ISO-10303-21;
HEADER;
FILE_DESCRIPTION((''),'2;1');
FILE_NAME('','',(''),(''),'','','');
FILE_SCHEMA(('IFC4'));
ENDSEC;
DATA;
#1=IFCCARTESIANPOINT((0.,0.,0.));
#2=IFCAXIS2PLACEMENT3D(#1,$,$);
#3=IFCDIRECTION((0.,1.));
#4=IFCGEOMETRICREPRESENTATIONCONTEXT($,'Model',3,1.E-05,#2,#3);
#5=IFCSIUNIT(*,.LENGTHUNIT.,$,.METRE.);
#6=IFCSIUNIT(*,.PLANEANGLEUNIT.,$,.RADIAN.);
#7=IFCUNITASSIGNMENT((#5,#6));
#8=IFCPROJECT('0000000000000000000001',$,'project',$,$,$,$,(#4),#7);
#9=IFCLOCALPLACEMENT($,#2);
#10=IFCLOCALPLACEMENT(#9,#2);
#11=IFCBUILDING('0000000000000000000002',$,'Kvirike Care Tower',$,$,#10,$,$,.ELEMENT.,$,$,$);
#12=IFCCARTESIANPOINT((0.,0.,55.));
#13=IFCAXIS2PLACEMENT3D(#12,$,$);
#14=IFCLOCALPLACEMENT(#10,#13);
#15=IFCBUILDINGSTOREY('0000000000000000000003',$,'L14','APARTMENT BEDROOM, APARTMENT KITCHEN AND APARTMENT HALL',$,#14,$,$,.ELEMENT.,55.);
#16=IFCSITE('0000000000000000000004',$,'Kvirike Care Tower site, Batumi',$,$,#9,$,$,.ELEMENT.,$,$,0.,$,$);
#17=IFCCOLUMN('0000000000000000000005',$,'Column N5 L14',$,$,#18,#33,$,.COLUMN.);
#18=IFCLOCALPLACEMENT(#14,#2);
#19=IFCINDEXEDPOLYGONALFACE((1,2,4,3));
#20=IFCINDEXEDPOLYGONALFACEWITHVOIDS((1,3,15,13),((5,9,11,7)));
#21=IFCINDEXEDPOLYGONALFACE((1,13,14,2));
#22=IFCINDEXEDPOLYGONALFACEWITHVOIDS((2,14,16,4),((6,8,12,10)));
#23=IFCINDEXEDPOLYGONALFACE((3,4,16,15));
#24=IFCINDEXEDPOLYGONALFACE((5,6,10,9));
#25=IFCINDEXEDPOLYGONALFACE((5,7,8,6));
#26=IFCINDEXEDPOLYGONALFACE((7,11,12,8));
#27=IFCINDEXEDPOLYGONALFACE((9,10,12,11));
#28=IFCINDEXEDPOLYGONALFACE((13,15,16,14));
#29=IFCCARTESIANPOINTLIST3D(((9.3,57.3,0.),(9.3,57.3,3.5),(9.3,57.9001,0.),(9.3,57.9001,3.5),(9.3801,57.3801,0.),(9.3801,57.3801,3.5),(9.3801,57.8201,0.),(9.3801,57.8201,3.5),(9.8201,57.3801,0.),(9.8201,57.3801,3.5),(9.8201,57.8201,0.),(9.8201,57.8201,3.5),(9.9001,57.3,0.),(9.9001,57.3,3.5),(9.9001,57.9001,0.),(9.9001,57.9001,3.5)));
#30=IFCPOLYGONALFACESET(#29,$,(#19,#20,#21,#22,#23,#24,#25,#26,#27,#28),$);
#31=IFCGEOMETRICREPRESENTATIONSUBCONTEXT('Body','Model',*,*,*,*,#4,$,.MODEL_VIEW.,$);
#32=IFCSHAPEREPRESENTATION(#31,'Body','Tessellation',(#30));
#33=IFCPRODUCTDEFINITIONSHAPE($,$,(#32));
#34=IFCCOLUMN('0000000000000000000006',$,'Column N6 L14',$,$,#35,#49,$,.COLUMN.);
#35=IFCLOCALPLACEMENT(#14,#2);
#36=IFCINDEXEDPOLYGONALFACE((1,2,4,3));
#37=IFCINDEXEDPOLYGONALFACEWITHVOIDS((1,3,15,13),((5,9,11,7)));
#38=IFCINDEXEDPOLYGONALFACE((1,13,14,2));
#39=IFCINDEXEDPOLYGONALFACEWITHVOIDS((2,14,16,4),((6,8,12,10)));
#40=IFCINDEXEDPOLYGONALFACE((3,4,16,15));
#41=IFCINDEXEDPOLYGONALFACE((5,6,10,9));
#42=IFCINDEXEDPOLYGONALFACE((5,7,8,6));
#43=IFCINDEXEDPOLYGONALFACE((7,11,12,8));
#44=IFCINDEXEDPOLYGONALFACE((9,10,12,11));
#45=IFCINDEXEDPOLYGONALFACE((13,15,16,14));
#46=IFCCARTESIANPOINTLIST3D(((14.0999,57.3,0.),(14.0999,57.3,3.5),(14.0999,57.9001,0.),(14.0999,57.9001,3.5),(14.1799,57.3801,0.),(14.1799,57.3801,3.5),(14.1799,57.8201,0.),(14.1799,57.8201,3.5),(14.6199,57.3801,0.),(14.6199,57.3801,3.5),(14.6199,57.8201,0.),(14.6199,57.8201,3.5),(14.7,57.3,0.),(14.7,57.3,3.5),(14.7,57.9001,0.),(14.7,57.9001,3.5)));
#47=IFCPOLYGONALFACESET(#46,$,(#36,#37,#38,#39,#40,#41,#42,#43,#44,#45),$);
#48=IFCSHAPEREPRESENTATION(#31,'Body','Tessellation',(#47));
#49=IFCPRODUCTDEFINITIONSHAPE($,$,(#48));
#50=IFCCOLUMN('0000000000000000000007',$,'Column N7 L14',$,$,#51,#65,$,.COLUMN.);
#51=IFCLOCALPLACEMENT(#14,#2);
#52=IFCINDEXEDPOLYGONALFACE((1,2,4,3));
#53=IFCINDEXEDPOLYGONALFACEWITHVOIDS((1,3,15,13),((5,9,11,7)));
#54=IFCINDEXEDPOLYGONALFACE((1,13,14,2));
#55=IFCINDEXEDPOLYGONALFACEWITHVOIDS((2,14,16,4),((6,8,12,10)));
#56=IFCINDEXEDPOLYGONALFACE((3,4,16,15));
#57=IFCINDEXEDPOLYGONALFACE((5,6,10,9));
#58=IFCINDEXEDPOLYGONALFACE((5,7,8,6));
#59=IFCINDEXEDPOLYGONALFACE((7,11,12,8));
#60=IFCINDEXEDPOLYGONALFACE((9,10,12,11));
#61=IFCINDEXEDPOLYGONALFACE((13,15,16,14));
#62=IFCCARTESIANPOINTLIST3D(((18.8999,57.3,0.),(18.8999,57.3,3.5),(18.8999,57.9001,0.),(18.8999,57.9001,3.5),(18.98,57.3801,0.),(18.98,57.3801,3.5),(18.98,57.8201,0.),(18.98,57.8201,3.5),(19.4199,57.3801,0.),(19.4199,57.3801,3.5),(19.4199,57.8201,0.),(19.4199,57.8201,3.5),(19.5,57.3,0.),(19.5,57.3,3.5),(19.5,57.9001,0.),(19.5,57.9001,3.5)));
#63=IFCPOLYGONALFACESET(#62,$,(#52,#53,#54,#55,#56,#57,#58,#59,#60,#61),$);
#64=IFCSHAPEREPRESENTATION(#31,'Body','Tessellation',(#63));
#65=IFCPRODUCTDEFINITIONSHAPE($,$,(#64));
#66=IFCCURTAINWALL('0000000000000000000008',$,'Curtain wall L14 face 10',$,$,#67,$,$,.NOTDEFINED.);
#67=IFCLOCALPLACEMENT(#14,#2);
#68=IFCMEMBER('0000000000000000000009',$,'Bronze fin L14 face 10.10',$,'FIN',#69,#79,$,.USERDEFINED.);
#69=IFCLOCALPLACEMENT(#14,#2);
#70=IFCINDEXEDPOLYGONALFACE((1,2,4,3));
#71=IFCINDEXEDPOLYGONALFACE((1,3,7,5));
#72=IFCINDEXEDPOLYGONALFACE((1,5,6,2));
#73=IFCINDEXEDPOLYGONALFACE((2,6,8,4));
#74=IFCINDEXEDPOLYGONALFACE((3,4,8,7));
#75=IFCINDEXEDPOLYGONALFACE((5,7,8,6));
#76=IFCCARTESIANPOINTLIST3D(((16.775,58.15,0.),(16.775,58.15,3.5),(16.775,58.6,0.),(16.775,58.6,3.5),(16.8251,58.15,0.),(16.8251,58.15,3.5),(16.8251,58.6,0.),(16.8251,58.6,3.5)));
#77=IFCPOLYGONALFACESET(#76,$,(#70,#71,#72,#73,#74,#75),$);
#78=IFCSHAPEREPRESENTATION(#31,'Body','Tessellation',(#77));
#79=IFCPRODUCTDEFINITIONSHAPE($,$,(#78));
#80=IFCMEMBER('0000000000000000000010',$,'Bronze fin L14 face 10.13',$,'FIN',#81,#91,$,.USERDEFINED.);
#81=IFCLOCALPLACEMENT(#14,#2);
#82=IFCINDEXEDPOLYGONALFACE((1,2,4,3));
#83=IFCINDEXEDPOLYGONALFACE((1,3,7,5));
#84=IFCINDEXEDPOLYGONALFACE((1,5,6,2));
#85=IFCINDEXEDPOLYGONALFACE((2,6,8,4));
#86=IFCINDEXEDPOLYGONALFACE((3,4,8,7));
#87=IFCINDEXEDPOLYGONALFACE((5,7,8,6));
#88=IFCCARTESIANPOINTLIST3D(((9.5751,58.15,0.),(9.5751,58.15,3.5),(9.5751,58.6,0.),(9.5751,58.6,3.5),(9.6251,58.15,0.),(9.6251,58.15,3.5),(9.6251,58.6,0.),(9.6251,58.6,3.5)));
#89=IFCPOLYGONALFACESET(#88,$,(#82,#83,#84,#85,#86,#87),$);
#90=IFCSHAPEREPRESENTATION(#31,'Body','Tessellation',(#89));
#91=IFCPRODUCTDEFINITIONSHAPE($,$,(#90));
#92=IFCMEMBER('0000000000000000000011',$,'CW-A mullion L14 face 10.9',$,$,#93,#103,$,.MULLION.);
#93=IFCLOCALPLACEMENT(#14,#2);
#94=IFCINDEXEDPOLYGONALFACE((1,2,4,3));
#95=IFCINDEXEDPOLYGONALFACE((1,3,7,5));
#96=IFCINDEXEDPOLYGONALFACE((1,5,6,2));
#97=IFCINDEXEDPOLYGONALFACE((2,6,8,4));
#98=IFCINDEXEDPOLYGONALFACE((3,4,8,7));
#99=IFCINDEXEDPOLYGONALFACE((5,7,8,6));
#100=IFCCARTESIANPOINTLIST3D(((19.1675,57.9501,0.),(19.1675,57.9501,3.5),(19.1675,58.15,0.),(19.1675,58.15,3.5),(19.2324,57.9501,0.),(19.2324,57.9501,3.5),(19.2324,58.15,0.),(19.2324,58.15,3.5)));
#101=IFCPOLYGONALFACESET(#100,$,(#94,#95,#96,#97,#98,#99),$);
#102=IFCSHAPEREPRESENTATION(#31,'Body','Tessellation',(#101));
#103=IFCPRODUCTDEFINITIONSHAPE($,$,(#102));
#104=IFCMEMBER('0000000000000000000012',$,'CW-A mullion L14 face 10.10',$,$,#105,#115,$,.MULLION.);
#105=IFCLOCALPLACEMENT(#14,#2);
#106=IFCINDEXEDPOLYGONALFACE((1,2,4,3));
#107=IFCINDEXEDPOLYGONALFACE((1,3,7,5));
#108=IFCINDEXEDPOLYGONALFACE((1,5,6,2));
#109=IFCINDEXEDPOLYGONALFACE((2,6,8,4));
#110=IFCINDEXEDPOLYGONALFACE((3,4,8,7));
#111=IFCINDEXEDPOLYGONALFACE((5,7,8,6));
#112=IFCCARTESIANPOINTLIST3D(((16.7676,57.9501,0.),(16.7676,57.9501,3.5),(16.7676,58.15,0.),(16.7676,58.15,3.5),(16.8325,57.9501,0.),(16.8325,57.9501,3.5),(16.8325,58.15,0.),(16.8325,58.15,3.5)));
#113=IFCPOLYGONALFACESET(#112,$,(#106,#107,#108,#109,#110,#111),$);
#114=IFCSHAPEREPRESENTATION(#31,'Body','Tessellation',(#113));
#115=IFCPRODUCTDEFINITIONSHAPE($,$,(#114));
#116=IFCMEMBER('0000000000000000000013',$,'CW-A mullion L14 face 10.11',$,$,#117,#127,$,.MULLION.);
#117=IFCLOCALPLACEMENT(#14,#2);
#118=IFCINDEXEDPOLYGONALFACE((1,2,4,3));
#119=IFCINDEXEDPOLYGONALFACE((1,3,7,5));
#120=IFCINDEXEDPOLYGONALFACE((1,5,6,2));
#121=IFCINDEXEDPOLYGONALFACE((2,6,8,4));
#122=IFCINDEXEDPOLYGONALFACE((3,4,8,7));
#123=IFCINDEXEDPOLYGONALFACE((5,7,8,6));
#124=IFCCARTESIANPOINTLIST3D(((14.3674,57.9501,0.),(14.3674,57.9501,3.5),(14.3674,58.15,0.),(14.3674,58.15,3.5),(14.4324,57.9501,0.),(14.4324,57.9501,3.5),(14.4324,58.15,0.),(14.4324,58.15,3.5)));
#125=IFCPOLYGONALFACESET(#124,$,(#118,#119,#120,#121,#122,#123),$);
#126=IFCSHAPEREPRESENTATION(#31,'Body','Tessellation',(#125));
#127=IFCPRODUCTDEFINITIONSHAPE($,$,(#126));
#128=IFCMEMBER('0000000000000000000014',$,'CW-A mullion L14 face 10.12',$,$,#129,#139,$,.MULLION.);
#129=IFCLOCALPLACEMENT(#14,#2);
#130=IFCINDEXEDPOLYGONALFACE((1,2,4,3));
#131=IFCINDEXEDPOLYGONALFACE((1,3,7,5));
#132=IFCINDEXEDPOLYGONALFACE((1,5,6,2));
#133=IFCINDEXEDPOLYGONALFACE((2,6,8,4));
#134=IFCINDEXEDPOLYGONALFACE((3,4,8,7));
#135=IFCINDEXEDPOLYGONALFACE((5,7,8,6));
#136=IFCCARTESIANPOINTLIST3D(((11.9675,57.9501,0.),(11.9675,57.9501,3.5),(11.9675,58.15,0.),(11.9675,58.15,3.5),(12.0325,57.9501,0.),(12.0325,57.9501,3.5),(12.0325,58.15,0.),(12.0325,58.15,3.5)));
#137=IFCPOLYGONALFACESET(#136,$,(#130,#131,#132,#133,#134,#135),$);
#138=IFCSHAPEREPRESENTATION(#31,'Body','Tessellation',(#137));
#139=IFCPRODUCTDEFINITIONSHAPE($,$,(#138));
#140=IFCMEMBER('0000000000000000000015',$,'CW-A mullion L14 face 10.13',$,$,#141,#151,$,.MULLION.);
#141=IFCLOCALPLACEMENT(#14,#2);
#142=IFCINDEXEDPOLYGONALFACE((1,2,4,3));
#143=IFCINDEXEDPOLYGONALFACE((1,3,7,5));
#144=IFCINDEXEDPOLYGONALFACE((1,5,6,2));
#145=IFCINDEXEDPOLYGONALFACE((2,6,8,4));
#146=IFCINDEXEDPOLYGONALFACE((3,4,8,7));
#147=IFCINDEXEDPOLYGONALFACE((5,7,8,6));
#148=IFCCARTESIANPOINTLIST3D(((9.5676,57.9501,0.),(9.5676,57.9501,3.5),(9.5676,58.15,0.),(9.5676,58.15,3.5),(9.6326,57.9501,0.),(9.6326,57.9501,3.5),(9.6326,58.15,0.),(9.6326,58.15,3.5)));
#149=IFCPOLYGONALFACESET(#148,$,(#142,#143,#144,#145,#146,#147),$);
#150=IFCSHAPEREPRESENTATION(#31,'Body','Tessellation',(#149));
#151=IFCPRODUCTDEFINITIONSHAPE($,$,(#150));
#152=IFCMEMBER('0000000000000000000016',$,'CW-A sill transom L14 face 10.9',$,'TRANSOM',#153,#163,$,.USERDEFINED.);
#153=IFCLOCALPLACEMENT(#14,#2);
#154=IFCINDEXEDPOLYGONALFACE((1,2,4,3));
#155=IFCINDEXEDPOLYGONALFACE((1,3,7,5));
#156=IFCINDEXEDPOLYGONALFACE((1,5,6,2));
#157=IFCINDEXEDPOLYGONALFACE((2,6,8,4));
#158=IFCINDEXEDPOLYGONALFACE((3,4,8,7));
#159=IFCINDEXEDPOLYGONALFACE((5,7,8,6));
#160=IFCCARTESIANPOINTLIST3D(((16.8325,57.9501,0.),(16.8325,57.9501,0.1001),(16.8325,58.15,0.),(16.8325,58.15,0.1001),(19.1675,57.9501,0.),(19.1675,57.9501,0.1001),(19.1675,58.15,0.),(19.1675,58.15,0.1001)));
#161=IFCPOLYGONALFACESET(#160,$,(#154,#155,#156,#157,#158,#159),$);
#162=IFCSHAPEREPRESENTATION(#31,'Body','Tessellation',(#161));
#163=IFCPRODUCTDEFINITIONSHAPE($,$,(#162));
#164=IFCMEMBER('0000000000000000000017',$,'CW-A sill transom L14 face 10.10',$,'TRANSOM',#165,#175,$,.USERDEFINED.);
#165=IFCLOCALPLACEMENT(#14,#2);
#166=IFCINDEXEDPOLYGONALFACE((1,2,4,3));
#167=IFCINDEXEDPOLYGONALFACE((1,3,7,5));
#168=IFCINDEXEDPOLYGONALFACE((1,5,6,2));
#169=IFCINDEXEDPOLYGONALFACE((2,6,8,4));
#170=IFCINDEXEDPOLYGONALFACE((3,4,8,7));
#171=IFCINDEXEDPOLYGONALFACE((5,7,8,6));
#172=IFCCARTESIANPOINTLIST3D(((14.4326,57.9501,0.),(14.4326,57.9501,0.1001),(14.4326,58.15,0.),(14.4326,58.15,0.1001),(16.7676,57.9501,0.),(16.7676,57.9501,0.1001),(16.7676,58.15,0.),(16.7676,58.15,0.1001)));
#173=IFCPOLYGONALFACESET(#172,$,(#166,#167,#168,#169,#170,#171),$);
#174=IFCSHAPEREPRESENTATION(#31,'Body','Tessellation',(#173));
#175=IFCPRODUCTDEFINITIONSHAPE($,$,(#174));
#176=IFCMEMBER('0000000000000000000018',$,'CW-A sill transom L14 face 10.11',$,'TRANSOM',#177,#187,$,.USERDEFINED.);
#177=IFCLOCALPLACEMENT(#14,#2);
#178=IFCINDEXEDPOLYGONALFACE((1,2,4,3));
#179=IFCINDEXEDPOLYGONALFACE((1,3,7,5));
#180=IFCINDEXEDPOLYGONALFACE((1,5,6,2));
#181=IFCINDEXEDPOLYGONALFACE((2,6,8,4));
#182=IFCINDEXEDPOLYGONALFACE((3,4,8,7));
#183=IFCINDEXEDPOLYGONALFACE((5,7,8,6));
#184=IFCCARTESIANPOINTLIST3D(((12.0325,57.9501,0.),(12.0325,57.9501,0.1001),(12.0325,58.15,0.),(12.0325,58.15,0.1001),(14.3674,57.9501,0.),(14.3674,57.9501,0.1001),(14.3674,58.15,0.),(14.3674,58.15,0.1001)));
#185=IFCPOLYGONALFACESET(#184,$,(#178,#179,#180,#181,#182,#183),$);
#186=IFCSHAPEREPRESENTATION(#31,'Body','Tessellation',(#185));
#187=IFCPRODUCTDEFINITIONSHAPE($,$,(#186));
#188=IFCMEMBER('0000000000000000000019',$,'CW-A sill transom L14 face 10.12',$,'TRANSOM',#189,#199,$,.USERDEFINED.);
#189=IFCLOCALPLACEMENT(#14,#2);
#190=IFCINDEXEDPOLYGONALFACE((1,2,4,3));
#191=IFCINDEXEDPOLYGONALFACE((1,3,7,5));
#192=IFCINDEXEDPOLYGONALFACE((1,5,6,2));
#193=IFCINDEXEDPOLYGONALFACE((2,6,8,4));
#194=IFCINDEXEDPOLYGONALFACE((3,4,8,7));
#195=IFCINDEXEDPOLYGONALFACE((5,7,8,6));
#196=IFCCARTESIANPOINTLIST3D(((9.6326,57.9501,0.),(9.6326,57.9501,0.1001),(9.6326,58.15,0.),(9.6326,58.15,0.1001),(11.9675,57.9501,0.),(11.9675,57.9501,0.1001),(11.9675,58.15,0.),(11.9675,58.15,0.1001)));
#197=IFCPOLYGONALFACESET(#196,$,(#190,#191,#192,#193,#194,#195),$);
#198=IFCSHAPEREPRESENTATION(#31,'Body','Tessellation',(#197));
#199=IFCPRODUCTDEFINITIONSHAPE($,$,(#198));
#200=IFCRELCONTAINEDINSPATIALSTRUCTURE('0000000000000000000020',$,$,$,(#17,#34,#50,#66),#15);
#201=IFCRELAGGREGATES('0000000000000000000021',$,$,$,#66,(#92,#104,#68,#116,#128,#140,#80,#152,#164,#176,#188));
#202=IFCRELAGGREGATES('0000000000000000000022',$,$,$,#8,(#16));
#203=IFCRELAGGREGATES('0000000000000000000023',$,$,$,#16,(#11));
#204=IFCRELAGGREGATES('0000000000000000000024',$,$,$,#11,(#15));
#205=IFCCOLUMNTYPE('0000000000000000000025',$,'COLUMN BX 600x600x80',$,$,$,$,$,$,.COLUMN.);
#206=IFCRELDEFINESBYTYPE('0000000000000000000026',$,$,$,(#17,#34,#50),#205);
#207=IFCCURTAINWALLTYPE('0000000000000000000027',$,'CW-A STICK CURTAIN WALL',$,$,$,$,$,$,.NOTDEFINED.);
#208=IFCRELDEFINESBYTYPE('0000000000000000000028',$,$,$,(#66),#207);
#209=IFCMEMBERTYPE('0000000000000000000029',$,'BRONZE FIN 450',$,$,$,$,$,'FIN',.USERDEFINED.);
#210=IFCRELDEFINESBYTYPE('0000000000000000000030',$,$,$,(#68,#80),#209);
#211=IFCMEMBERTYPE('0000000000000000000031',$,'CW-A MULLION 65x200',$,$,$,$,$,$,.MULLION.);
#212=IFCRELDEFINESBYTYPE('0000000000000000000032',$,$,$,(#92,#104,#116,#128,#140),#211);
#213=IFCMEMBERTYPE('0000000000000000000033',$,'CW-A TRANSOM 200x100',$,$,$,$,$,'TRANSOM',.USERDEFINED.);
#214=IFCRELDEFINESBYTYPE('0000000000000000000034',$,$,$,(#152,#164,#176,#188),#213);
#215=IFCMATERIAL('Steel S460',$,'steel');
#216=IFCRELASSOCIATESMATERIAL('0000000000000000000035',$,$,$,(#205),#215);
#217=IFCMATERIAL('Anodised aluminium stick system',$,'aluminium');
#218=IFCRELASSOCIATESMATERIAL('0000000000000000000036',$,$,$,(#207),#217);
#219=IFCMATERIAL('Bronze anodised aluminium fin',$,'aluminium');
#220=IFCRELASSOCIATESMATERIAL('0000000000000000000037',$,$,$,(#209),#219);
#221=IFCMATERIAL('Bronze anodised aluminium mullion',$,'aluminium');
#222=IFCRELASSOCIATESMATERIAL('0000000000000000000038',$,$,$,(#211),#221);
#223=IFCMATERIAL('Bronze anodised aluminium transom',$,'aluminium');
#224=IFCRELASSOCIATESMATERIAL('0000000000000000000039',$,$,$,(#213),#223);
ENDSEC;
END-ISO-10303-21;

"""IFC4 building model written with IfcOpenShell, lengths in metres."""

from ifc_helpers import new_model, si_unit, direction, frame, origin, origin_2d, place, context, subcontext, project, spatial, rectangle, hollow_rectangle, extrude, material, material_profile, profile_set, type_object, element, aggregate, save


model = new_model("IFC4")

# Units and contexts
model_context = context("Model", 3, precision=1e-05, world=origin(), true_north=direction((0.0, 1.0)))
body_context = subcontext(model_context, "Body", "Model", "MODEL_VIEW")
ifc_project = project(units=[si_unit("LENGTHUNIT", "METRE"), si_unit("PLANEANGLEUNIT", "RADIAN")], contexts=[model_context])

# Site, building, storey
site_placement = place(None, origin())
site = spatial("IfcSite", under=ifc_project, at=site_placement, Name="Kvirike Care Tower site, Batumi", CompositionType="ELEMENT", RefElevation=0.0)
building_placement = place(site_placement, origin())
building = spatial("IfcBuilding", under=site, at=building_placement, Name="Kvirike Care Tower", CompositionType="ELEMENT")
storey_placement = place(building_placement, frame((0.0, 0.0, 55.0)))
storey = spatial("IfcBuildingStorey", under=building, at=storey_placement, Name="L14", Description="APARTMENT BEDROOM, APARTMENT KITCHEN AND APARTMENT HALL", CompositionType="ELEMENT", Elevation=55.0)

# Columns
ifc_material_1 = material(Name="Steel S460", Category="steel")
ifc_material_profile_1 = material_profile(ifc_material_1, hollow_rectangle(XDim=0.6001, YDim=0.6001, WallThickness=0.0801, at=origin_2d()), Name="BX 600x600x80")
ifc_profile_set_1 = profile_set([ifc_material_profile_1], Name="Steel S460")
column_type = type_object("IfcColumnType", Name="COLUMN BX 600x600x80", PredefinedType="COLUMN", material=ifc_profile_set_1)
for number, where, z_axis, x_axis, name in (
    (1, (9.6001, 57.6001, 0.0), (0.0, 0.0, 1.0), (0.0, 1.0, 0.0), "Column N5 L14"),
    (2, (14.3999, 57.6001, 0.0), (0.0, 0.0, 1.0), (0.0, 1.0, 0.0), "Column N6 L14"),
    (3, (19.2, 57.6001, 0.0), (0.0, 0.0, 1.0), (0.0, 1.0, 0.0), "Column N7 L14"),
):
    element("IfcColumn", number, at=place(storey_placement, frame(where, z_axis=z_axis, x_axis=x_axis)), inside=storey, type_object=column_type, Name=name, PredefinedType="COLUMN", context=body_context, shape_type="SweptSolid", body=[
        extrude(hollow_rectangle(XDim=0.6001, YDim=0.6001, WallThickness=0.0801, at=origin_2d()), origin(), (0.0, 0.0, 1.0), 3.5),
    ])

# Curtain wall, members
ifc_material_2 = material(Name="Anodised aluminium stick system", Category="aluminium")
curtain_wall_type = type_object("IfcCurtainWallType", Name="CW-A STICK CURTAIN WALL", PredefinedType="NOTDEFINED", material=ifc_material_2)
curtain_wall_placement = place(storey_placement, origin())
curtain_wall = element("IfcCurtainWall", 4, at=curtain_wall_placement, inside=storey, type_object=curtain_wall_type, Name="Curtain wall L14 face 10", PredefinedType="NOTDEFINED")
ifc_material_3 = material(Name="Bronze anodised aluminium fin", Category="aluminium")
ifc_material_profile_2 = material_profile(ifc_material_3, rectangle(XDim=0.05, YDim=0.45, at=origin_2d()), Name="BRONZE FIN 450")
ifc_profile_set_2 = profile_set([ifc_material_profile_2], Name="Bronze anodised aluminium fin")
member_type_1 = type_object("IfcMemberType", Name="BRONZE FIN 450", ElementType="FIN", PredefinedType="USERDEFINED", material=ifc_profile_set_2)
member_1_placement = place(storey_placement, frame((16.8, 58.375, 0.0), z_axis=(0.0, 0.0, 1.0), x_axis=(-1.0, 0.0, 0.0)))
member_1 = element("IfcMember", 5, at=member_1_placement, type_object=member_type_1, Name="Bronze fin L14 face 10.10", ObjectType="FIN", PredefinedType="USERDEFINED", context=body_context, shape_type="SweptSolid", body=[
    extrude(rectangle(XDim=0.05, YDim=0.45, at=origin_2d()), origin(), (0.0, 0.0, 1.0), 3.5),
])
member_2_placement = place(storey_placement, frame((9.6001, 58.375, 0.0), z_axis=(0.0, 0.0, 1.0), x_axis=(-1.0, 0.0, 0.0)))
member_2 = element("IfcMember", 6, at=member_2_placement, type_object=member_type_1, Name="Bronze fin L14 face 10.13", ObjectType="FIN", PredefinedType="USERDEFINED", context=body_context, shape_type="SweptSolid", body=[
    extrude(rectangle(XDim=0.05, YDim=0.45, at=origin_2d()), origin(), (0.0, 0.0, 1.0), 3.5),
])
ifc_material_4 = material(Name="Bronze anodised aluminium mullion", Category="aluminium")
ifc_material_profile_3 = material_profile(ifc_material_4, rectangle(XDim=0.0649, YDim=0.2, at=origin_2d()), Name="CW-A MULLION 65x200")
ifc_profile_set_3 = profile_set([ifc_material_profile_3], Name="Bronze anodised aluminium mullion")
member_type_2 = type_object("IfcMemberType", Name="CW-A MULLION 65x200", PredefinedType="MULLION", material=ifc_profile_set_3)
member_3_placement = place(storey_placement, frame((19.2, 58.05, 0.0), z_axis=(0.0, 0.0, 1.0), x_axis=(-1.0, 0.0, 0.0)))
member_3 = element("IfcMember", 7, at=member_3_placement, type_object=member_type_2, Name="CW-A mullion L14 face 10.9", PredefinedType="MULLION", context=body_context, shape_type="SweptSolid", body=[
    extrude(rectangle(XDim=0.0649, YDim=0.2, at=origin_2d()), origin(), (0.0, 0.0, 1.0), 3.5),
])
member_4_placement = place(storey_placement, frame((16.8, 58.05, 0.0), z_axis=(0.0, 0.0, 1.0), x_axis=(-1.0, 0.0, 0.0)))
member_4 = element("IfcMember", 8, at=member_4_placement, type_object=member_type_2, Name="CW-A mullion L14 face 10.10", PredefinedType="MULLION", context=body_context, shape_type="SweptSolid", body=[
    extrude(rectangle(XDim=0.0649, YDim=0.2, at=origin_2d()), origin(), (0.0, 0.0, 1.0), 3.5),
])
member_5_placement = place(storey_placement, frame((14.3999, 58.05, 0.0), z_axis=(0.0, 0.0, 1.0), x_axis=(-1.0, 0.0, 0.0)))
member_5 = element("IfcMember", 9, at=member_5_placement, type_object=member_type_2, Name="CW-A mullion L14 face 10.11", PredefinedType="MULLION", context=body_context, shape_type="SweptSolid", body=[
    extrude(rectangle(XDim=0.0649, YDim=0.2, at=origin_2d()), origin(), (0.0, 0.0, 1.0), 3.5),
])
member_6_placement = place(storey_placement, frame((12.0, 58.05, 0.0), z_axis=(0.0, 0.0, 1.0), x_axis=(-1.0, 0.0, 0.0)))
member_6 = element("IfcMember", 10, at=member_6_placement, type_object=member_type_2, Name="CW-A mullion L14 face 10.12", PredefinedType="MULLION", context=body_context, shape_type="SweptSolid", body=[
    extrude(rectangle(XDim=0.0649, YDim=0.2, at=origin_2d()), origin(), (0.0, 0.0, 1.0), 3.5),
])
member_7_placement = place(storey_placement, frame((9.6001, 58.05, 0.0), z_axis=(0.0, 0.0, 1.0), x_axis=(-1.0, 0.0, 0.0)))
member_7 = element("IfcMember", 11, at=member_7_placement, type_object=member_type_2, Name="CW-A mullion L14 face 10.13", PredefinedType="MULLION", context=body_context, shape_type="SweptSolid", body=[
    extrude(rectangle(XDim=0.0649, YDim=0.2, at=origin_2d()), origin(), (0.0, 0.0, 1.0), 3.5),
])
ifc_material_5 = material(Name="Bronze anodised aluminium transom", Category="aluminium")
ifc_material_profile_4 = material_profile(ifc_material_5, rectangle(XDim=0.2, YDim=0.1001, at=origin_2d()), Name="CW-A TRANSOM 200x100")
ifc_profile_set_4 = profile_set([ifc_material_profile_4], Name="Bronze anodised aluminium transom")
member_type_3 = type_object("IfcMemberType", Name="CW-A TRANSOM 200x100", ElementType="TRANSOM", PredefinedType="USERDEFINED", material=ifc_profile_set_4)
member_8_placement = place(storey_placement, frame((19.1675, 58.05, 0.05), z_axis=(-1.0, 0.0, 0.0), x_axis=(0.0, -1.0, 0.0)))
member_8 = element("IfcMember", 12, at=member_8_placement, type_object=member_type_3, Name="CW-A sill transom L14 face 10.9", ObjectType="TRANSOM", PredefinedType="USERDEFINED", context=body_context, shape_type="SweptSolid", body=[
    extrude(rectangle(XDim=0.2, YDim=0.1001, at=origin_2d()), origin(), (0.0, 0.0, 1.0), 2.335),
])
member_9_placement = place(storey_placement, frame((16.7676, 58.05, 0.05), z_axis=(-1.0, 0.0, 0.0), x_axis=(0.0, -1.0, 0.0)))
member_9 = element("IfcMember", 13, at=member_9_placement, type_object=member_type_3, Name="CW-A sill transom L14 face 10.10", ObjectType="TRANSOM", PredefinedType="USERDEFINED", context=body_context, shape_type="SweptSolid", body=[
    extrude(rectangle(XDim=0.2, YDim=0.1001, at=origin_2d()), origin(), (0.0, 0.0, 1.0), 2.335),
])
member_10_placement = place(storey_placement, frame((14.3674, 58.05, 0.05), z_axis=(-1.0, 0.0, 0.0), x_axis=(0.0, -1.0, 0.0)))
member_10 = element("IfcMember", 14, at=member_10_placement, type_object=member_type_3, Name="CW-A sill transom L14 face 10.11", ObjectType="TRANSOM", PredefinedType="USERDEFINED", context=body_context, shape_type="SweptSolid", body=[
    extrude(rectangle(XDim=0.2, YDim=0.1001, at=origin_2d()), origin(), (0.0, 0.0, 1.0), 2.335),
])
member_11_placement = place(storey_placement, frame((11.9675, 58.05, 0.05), z_axis=(-1.0, 0.0, 0.0), x_axis=(0.0, -1.0, 0.0)))
member_11 = element("IfcMember", 15, at=member_11_placement, type_object=member_type_3, Name="CW-A sill transom L14 face 10.12", ObjectType="TRANSOM", PredefinedType="USERDEFINED", context=body_context, shape_type="SweptSolid", body=[
    extrude(rectangle(XDim=0.2, YDim=0.1001, at=origin_2d()), origin(), (0.0, 0.0, 1.0), 2.335),
])

aggregate(curtain_wall, [member_3, member_4, member_1, member_5, member_6, member_7, member_2, member_8, member_9, member_10, member_11])

save(model, "model.ifc")
